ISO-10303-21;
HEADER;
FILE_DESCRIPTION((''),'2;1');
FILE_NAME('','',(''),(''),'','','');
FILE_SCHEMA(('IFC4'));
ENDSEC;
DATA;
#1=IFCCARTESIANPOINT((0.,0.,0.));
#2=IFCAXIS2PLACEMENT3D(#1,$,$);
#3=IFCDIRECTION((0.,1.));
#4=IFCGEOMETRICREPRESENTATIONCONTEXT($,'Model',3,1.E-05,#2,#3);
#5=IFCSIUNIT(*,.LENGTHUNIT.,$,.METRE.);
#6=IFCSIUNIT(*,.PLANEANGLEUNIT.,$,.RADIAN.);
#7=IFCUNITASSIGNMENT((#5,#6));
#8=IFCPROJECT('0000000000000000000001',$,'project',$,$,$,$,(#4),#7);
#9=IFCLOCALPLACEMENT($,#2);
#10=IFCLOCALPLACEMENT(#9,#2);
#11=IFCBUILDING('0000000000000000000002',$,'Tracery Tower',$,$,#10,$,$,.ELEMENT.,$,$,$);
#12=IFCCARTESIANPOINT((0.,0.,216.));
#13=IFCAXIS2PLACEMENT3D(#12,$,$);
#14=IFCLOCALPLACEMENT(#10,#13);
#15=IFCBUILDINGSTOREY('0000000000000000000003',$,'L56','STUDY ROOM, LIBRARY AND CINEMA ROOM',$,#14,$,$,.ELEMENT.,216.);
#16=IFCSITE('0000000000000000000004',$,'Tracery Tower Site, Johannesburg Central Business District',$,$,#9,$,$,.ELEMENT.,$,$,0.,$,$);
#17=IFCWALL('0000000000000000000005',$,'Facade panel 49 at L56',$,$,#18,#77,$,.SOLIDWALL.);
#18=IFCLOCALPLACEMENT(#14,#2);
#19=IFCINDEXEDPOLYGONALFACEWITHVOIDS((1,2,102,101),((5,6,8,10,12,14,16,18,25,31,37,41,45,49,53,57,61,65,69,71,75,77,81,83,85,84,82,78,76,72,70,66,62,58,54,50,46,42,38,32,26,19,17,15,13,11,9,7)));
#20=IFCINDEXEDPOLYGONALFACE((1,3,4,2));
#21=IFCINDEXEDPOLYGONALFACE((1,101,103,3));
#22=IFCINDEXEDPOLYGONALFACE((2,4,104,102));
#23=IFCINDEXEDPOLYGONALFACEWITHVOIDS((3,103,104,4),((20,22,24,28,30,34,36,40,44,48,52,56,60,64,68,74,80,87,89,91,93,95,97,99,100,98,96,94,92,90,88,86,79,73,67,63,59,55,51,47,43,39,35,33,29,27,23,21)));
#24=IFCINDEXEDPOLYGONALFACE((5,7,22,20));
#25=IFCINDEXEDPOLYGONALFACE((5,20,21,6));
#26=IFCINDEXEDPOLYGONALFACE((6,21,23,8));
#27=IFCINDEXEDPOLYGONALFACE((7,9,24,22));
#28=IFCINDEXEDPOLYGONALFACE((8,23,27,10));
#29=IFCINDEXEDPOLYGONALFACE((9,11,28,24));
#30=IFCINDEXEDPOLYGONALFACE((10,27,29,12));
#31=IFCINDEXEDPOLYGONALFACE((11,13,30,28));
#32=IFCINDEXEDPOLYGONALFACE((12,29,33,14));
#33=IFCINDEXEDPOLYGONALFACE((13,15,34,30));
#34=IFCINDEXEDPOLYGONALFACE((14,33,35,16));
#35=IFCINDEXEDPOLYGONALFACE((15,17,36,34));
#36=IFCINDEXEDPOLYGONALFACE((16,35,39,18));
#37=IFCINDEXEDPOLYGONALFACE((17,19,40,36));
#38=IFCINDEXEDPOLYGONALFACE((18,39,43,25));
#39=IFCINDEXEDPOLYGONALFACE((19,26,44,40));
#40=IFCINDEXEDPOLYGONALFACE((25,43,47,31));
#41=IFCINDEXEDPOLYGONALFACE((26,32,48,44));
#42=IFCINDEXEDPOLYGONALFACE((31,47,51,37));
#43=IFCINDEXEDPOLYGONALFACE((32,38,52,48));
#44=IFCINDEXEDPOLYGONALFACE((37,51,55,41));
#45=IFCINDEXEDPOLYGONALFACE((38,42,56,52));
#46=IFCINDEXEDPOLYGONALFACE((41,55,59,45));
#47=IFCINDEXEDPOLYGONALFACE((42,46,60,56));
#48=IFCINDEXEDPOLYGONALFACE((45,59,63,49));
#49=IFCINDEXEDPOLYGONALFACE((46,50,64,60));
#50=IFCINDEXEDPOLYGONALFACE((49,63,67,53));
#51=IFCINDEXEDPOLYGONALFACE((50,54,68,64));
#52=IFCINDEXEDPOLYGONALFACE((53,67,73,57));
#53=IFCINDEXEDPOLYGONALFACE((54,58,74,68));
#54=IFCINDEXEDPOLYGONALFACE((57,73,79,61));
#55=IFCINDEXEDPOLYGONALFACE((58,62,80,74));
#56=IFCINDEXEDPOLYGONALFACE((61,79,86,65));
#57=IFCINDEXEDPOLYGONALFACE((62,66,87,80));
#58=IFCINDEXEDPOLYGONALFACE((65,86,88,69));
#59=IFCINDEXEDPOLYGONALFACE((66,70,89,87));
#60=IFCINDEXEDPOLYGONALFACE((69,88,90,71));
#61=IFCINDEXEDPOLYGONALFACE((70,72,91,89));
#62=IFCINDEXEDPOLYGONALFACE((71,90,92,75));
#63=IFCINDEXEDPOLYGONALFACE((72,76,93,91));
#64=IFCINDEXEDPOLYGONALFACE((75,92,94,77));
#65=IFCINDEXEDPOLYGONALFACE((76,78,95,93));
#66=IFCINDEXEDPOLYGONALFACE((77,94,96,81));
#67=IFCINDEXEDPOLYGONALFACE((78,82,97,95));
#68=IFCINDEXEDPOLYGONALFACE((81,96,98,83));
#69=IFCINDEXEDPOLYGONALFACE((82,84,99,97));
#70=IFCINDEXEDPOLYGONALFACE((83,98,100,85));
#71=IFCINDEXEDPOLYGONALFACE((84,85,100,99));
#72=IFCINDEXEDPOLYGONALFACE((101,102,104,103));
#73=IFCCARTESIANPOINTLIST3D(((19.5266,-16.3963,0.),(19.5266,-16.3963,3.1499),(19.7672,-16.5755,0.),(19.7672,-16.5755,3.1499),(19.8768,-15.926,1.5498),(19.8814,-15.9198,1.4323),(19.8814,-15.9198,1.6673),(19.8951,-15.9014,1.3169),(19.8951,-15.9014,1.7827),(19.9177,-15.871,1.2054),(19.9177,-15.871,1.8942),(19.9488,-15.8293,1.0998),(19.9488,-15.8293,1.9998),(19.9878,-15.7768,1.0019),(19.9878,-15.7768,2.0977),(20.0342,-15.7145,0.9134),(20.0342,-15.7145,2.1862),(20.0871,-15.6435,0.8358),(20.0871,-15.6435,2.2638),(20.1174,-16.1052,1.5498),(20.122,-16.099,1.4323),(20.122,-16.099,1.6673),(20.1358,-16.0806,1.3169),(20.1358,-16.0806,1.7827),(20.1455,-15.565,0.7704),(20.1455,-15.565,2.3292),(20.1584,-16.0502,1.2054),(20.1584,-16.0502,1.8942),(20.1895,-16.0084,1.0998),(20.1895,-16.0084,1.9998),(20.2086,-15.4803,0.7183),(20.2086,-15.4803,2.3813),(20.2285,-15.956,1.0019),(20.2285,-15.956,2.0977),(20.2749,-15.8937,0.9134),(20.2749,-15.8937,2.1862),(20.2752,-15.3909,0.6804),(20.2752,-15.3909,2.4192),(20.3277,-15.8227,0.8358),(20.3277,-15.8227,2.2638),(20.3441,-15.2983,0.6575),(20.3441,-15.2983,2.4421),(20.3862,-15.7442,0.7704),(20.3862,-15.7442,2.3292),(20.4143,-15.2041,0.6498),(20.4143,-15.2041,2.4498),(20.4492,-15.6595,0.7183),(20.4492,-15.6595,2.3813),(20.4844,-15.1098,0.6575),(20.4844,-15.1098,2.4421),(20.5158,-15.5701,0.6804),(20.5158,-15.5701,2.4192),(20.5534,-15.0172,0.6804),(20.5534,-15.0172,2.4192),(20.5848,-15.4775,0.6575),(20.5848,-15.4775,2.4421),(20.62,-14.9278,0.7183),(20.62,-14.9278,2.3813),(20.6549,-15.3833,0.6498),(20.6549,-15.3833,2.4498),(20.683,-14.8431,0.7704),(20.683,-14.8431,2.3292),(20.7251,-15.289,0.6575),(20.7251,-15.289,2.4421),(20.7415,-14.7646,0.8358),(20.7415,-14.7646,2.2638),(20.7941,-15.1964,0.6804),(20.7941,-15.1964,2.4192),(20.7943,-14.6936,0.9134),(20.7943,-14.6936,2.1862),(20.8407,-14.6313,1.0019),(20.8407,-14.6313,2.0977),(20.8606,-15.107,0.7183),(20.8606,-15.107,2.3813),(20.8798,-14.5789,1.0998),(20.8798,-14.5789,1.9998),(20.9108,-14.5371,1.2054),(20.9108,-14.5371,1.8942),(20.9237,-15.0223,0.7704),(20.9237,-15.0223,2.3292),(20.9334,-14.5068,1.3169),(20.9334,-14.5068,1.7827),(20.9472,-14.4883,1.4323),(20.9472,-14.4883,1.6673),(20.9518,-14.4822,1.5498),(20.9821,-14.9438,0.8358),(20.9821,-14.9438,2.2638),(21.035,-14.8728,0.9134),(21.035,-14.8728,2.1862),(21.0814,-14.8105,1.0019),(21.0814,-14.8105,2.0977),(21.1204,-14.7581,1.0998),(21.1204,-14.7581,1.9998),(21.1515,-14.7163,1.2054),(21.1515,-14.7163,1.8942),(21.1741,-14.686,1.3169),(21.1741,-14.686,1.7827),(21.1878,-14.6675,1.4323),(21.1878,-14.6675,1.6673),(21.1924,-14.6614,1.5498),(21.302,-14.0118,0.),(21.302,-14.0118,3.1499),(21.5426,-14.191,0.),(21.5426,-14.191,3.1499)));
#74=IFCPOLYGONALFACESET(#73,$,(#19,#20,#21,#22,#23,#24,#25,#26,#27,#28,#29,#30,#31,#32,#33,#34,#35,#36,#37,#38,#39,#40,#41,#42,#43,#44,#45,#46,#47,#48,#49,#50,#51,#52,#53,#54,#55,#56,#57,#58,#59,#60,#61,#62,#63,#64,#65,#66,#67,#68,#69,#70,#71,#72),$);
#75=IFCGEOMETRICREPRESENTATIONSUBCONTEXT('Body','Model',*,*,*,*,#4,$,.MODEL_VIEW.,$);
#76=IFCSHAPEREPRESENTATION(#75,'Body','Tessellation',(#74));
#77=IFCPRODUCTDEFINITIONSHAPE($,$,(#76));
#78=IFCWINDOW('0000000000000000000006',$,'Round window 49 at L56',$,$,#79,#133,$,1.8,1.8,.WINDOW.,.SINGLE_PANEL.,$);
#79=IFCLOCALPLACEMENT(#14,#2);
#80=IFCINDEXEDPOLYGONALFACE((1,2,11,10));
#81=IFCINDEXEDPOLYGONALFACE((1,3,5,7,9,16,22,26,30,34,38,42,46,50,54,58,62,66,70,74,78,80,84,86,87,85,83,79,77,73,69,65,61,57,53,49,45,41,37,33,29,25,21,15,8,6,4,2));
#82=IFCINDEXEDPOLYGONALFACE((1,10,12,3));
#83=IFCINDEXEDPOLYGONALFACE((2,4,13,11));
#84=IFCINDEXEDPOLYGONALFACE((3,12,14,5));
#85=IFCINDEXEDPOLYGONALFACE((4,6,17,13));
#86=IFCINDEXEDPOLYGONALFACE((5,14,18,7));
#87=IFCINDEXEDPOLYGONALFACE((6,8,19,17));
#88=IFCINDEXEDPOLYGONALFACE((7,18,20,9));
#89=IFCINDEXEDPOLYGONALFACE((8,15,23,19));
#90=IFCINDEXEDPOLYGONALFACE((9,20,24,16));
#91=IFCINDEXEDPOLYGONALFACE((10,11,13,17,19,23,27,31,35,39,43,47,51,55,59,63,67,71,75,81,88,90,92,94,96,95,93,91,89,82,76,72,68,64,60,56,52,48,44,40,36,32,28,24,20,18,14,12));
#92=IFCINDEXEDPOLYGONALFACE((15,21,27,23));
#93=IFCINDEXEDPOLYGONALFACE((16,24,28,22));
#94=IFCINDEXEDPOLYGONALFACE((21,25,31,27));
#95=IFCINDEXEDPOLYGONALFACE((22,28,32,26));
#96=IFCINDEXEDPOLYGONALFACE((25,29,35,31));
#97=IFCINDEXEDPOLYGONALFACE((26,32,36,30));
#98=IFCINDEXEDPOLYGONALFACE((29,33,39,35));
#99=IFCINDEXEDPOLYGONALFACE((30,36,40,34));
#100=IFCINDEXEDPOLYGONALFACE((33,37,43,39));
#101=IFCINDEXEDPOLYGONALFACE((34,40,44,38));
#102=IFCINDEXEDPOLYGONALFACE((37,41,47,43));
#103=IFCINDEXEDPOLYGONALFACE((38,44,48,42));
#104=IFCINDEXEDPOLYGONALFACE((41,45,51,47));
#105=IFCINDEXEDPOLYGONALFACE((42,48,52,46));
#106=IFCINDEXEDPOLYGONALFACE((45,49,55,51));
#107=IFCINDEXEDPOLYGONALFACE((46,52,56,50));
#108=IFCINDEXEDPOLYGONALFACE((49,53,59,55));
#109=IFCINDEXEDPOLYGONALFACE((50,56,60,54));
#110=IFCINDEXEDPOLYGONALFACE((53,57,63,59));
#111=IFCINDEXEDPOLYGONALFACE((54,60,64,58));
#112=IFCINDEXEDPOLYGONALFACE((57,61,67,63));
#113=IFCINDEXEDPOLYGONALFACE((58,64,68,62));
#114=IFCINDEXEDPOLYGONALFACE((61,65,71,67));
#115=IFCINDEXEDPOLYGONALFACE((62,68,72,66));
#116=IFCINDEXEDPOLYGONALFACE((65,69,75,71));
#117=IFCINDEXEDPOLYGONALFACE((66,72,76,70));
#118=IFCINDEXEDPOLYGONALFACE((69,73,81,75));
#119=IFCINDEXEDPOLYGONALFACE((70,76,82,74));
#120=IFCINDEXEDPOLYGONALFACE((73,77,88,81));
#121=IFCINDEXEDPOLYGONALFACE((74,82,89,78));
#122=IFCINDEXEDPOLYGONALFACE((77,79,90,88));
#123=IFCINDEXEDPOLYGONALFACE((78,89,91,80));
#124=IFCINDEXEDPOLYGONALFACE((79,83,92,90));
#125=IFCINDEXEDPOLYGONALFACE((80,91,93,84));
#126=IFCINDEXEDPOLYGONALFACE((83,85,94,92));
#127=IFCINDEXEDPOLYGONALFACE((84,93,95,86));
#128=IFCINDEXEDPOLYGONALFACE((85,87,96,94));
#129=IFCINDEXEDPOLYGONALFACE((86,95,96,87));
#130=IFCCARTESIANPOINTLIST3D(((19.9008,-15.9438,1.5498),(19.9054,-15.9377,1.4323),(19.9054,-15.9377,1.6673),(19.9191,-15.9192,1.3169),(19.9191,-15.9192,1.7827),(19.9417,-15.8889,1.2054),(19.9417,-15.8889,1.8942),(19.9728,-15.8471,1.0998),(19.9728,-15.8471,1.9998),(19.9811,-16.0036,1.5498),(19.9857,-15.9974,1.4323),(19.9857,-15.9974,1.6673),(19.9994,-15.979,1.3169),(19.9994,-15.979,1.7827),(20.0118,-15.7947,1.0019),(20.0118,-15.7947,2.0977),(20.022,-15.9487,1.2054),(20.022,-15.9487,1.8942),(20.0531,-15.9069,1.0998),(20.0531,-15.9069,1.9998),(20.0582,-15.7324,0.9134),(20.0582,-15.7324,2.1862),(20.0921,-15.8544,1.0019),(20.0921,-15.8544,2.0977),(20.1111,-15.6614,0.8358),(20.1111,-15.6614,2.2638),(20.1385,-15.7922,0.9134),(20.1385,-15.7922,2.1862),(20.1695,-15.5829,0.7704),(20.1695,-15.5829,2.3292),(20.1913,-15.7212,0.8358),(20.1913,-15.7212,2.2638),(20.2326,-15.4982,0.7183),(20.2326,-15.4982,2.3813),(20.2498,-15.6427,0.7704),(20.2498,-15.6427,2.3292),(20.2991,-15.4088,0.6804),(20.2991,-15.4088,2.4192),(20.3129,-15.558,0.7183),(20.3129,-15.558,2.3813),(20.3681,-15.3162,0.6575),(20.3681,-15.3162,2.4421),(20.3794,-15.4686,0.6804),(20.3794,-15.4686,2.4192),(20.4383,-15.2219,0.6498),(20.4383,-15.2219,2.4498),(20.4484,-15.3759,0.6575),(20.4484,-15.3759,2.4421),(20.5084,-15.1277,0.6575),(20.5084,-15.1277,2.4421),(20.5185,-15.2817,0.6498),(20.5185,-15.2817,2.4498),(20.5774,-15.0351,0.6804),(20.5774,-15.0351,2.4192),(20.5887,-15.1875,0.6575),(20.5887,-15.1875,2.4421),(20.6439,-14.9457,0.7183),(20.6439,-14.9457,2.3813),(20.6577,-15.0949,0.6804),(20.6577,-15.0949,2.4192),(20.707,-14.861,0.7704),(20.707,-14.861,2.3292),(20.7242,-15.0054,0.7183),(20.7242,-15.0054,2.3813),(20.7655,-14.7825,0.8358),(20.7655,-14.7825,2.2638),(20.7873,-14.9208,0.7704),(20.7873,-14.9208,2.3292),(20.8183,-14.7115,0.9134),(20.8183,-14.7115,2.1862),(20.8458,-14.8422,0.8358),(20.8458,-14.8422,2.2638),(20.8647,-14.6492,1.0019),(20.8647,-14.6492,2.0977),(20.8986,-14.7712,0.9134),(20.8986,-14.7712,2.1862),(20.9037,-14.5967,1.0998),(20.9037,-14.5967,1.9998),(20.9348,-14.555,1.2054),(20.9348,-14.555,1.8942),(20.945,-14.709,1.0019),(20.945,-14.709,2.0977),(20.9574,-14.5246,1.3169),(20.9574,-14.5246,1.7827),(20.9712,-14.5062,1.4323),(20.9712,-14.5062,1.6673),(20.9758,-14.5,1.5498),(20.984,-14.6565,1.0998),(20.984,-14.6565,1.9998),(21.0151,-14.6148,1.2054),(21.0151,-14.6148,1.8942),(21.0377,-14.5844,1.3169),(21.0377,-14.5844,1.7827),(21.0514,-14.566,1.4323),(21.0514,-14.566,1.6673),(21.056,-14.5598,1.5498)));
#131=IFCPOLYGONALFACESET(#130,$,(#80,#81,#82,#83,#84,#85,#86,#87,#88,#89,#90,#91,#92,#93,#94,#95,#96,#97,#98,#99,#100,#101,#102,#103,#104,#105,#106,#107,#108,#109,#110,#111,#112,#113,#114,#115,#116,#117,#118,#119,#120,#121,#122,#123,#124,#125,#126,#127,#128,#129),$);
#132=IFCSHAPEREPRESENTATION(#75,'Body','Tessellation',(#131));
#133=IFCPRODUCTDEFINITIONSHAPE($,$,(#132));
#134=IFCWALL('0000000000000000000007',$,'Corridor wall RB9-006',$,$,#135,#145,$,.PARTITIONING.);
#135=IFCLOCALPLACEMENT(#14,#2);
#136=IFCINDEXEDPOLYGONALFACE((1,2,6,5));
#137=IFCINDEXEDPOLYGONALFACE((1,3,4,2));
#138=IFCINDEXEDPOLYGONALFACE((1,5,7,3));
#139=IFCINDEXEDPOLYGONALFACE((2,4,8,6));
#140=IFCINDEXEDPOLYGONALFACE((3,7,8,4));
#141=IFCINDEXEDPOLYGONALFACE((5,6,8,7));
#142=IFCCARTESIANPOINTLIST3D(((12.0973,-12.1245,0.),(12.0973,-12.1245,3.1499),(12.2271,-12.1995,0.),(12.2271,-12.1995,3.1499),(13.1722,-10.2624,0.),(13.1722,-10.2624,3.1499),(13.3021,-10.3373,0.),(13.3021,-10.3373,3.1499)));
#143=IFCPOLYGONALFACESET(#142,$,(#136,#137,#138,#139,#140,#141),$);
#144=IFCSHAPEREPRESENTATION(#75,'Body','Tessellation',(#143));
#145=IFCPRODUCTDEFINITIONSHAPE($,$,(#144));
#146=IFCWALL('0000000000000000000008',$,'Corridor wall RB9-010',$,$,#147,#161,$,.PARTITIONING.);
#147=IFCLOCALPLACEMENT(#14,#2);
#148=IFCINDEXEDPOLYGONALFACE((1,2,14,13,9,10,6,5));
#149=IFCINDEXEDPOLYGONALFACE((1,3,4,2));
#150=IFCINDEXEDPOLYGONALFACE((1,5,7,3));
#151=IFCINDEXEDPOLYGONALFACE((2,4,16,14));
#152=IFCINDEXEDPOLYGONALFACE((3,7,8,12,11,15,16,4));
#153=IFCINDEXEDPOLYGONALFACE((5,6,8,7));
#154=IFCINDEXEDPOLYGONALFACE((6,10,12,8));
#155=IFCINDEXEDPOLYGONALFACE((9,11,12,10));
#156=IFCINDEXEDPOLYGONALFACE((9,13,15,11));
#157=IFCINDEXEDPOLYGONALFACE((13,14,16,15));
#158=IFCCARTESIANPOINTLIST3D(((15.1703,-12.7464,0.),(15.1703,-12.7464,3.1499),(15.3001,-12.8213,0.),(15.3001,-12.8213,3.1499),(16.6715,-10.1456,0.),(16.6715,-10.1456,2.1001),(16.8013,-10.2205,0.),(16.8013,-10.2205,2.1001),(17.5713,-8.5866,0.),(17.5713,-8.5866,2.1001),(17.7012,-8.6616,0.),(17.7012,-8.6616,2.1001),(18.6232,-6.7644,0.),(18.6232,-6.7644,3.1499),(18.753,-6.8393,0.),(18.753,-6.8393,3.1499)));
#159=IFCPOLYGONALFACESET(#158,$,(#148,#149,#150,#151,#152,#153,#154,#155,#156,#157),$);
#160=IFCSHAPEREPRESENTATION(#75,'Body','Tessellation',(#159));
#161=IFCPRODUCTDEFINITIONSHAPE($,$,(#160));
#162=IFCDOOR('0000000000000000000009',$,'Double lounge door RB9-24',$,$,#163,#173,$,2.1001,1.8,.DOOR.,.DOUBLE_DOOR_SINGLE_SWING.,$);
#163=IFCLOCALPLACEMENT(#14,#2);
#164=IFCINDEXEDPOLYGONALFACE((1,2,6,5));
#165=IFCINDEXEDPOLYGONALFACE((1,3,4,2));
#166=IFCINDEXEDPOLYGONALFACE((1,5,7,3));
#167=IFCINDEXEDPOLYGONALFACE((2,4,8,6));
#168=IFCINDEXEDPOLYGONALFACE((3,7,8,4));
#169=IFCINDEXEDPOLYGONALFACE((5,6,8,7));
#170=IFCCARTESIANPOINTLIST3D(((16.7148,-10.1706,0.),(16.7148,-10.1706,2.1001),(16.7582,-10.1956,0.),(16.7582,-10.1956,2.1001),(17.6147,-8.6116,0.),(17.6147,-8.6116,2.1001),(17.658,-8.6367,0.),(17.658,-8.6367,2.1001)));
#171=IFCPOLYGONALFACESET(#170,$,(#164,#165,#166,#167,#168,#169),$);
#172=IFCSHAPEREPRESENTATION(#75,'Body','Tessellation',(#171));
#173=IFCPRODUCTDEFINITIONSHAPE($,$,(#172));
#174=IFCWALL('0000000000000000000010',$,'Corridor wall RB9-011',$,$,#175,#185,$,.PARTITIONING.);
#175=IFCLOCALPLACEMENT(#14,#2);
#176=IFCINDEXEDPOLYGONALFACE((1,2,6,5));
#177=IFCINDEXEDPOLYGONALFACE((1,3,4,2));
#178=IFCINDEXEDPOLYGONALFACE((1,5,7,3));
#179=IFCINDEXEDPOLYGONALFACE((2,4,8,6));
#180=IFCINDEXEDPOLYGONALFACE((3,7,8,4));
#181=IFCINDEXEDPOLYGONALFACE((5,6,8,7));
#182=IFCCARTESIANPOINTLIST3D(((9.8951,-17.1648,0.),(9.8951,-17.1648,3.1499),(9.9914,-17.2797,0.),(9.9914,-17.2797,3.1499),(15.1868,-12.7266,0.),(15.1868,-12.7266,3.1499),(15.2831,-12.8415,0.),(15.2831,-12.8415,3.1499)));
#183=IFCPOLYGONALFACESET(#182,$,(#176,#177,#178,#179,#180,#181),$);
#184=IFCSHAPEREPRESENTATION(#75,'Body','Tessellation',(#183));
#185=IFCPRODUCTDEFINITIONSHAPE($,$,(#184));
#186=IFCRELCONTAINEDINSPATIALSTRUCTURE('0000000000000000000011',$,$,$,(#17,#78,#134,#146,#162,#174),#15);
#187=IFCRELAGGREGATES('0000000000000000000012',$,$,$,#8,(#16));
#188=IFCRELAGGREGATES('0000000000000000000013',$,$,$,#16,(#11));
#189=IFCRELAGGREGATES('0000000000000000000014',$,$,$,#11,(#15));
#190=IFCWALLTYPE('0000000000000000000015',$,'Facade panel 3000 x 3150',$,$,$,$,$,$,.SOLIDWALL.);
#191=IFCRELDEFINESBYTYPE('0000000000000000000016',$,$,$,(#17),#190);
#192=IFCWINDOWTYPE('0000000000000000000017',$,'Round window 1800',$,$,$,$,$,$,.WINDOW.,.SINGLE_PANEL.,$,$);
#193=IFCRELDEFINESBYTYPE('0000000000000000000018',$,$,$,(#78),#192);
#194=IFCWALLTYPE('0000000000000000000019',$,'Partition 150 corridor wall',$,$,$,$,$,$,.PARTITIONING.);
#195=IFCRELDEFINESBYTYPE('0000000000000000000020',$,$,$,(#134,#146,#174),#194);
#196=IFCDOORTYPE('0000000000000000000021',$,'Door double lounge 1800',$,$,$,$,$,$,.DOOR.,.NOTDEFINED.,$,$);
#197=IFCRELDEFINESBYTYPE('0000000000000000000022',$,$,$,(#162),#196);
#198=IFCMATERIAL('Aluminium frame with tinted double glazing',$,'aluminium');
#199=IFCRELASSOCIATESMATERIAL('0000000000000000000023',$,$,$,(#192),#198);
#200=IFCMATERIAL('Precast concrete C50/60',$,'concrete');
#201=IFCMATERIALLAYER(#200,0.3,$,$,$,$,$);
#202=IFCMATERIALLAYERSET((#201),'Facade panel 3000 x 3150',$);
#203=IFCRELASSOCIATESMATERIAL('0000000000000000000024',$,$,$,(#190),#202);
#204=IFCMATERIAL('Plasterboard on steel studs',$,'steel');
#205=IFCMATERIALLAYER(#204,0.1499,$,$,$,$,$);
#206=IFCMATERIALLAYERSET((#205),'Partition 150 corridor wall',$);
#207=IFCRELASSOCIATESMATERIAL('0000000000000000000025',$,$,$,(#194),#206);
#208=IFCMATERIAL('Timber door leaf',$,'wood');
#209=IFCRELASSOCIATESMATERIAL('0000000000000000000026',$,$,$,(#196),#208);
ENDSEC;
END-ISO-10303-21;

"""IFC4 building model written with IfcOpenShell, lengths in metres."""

from ifc_helpers import new_model, si_unit, direction, frame, frame_2d, origin, origin_2d, place, context, subcontext, project, spatial, rectangle, circle, extrude, material, layer, layer_set, type_object, element, fill, save


model = new_model("IFC4")

# Units and contexts
model_context = context("Model", 3, precision=1e-05, world=origin(), true_north=direction((0.0, 1.0)))
body_context = subcontext(model_context, "Body", "Model", "MODEL_VIEW")
ifc_project = project(units=[si_unit("LENGTHUNIT", "METRE"), si_unit("PLANEANGLEUNIT", "RADIAN")], contexts=[model_context])

# Site, building, storey
site_placement = place(None, origin())
site = spatial("IfcSite", under=ifc_project, at=site_placement, Name="Tracery Tower Site, Johannesburg Central Business District", CompositionType="ELEMENT", RefElevation=0.0)
building_placement = place(site_placement, origin())
building = spatial("IfcBuilding", under=site, at=building_placement, Name="Tracery Tower", CompositionType="ELEMENT")
storey_placement = place(building_placement, frame((0.0, 0.0, 216.0)))
storey = spatial("IfcBuildingStorey", under=building, at=storey_placement, Name="L56", Description="STUDY ROOM, LIBRARY AND CINEMA ROOM", CompositionType="ELEMENT", Elevation=216.0)

# Wall, opening, window
ifc_material_1 = material(Name="Aluminium frame with tinted double glazing", Category="aluminium")
window_type = type_object("IfcWindowType", Name="Round window 1800", PartitioningType="SINGLE_PANEL", PredefinedType="WINDOW", material=ifc_material_1)
ifc_material_2 = material(Name="Precast concrete C50/60", Category="concrete")
ifc_layer_1 = layer(ifc_material_2, 0.3)
ifc_layer_set_1 = layer_set([ifc_layer_1], Name="Facade panel 3000 x 3150")
wall_type_1 = type_object("IfcWallType", Name="Facade panel 3000 x 3150", PredefinedType="SOLIDWALL", material=ifc_layer_set_1)
wall_1_placement = place(storey_placement, frame((19.647, -16.4858, 0.0), z_axis=(0.0, 0.0, 1.0), x_axis=(0.597198, 0.802094, 0.0)))
wall_1 = element("IfcWall", 1, at=wall_1_placement, inside=storey, type_object=wall_type_1, Name="Facade panel 49 at L56", PredefinedType="SOLIDWALL", context=body_context, shape_type="SweptSolid", body=[
    extrude(rectangle(XDim=2.9729, YDim=0.3, at=frame_2d((1.4863, 0.0))), origin(), (0.0, 0.0, 1.0), 3.1499),
])
opening_1_placement = place(wall_1_placement, frame((1.4863, 0.0, 1.5498)))
opening_1 = element("IfcOpeningElement", 2, at=opening_1_placement, cuts=wall_1, PredefinedType="OPENING", context=body_context, shape_type="SweptSolid", body=[
    extrude(circle(Radius=0.9, at=origin_2d()), frame((0.0, 0.1599, 0.0), z_axis=(0.0, -1.0, 0.0), x_axis=(1.0, 0.0, 0.0)), (0.0, 0.0, 1.0), 0.3201),
])
window_1_placement = place(opening_1_placement, origin())
window_1 = element("IfcWindow", 3, at=window_1_placement, inside=storey, type_object=window_type, Name="Round window 49 at L56", OverallHeight=1.8, OverallWidth=1.8, PartitioningType="SINGLE_PANEL", PredefinedType="WINDOW", context=body_context, shape_type="SweptSolid", body=[
    extrude(circle(Radius=0.9, at=origin_2d()), frame((0.0, 0.1201, 0.0), z_axis=(0.0, -1.0, 0.0), x_axis=(1.0, 0.0, 0.0)), (0.0, 0.0, 1.0), 0.1001),
])
fill(opening_1, window_1)

# Wall
ifc_material_3 = material(Name="Plasterboard on steel studs", Category="steel")
ifc_layer_2 = layer(ifc_material_3, 0.1499)
ifc_layer_set_2 = layer_set([ifc_layer_2], Name="Partition 150 corridor wall")
wall_type_2 = type_object("IfcWallType", Name="Partition 150 corridor wall", PredefinedType="PARTITIONING", material=ifc_layer_set_2)
wall_2_placement = place(storey_placement, frame((12.1621, -12.1621, 0.0), z_axis=(0.0, 0.0, 1.0), x_axis=(0.499962, 0.866048, 0.0)))
element("IfcWall", 4, at=wall_2_placement, inside=storey, type_object=wall_type_2, Name="Corridor wall RB9-006", PredefinedType="PARTITIONING", context=body_context, shape_type="SweptSolid", body=[
    extrude(rectangle(XDim=2.1501, YDim=0.1499, at=frame_2d((1.0752, 0.0))), origin(), (0.0, 0.0, 1.0), 3.1499),
])

# Wall, opening, door
wall_3_placement = place(storey_placement, frame((15.2351, -12.7839, 0.0), z_axis=(0.0, 0.0, 1.0), x_axis=(0.499914, 0.866075, 0.0)))
wall_3 = element("IfcWall", 5, at=wall_3_placement, inside=storey, type_object=wall_type_2, Name="Corridor wall RB9-010", PredefinedType="PARTITIONING", context=body_context, shape_type="SweptSolid", body=[
    extrude(rectangle(XDim=6.907, YDim=0.1499, at=frame_2d((3.4536, 0.0))), origin(), (0.0, 0.0, 1.0), 3.1499),
])
opening_2_placement = place(wall_3_placement, frame((3.0032, 0.0, 0.0)))
opening_2 = element("IfcOpeningElement", 6, at=opening_2_placement, cuts=wall_3, PredefinedType="OPENING", context=body_context, shape_type="SweptSolid", body=[
    extrude(rectangle(XDim=1.8, YDim=2.1001, at=frame_2d((0.8999, 1.05))), frame((0.0, 0.075, 0.0), z_axis=(0.0, -1.0, 0.0), x_axis=(1.0, 0.0, 0.0)), (0.0, 0.0, 1.0), 0.1499),
])
ifc_material_4 = material(Name="Timber door leaf", Category="wood")
door_type = type_object("IfcDoorType", Name="Door double lounge 1800", OperationType="NOTDEFINED", PredefinedType="DOOR", material=ifc_material_4)
door_placement = place(opening_2_placement, origin())
door = element("IfcDoor", 7, at=door_placement, inside=storey, type_object=door_type, Name="Double lounge door RB9-24", OperationType="DOUBLE_DOOR_SINGLE_SWING", OverallHeight=2.1001, OverallWidth=1.8, PredefinedType="DOOR", context=body_context, shape_type="SweptSolid", body=[
    extrude(rectangle(XDim=1.8, YDim=2.1001, at=frame_2d((0.8999, 1.05))), frame((0.0, 0.0249, 0.0), z_axis=(0.0, -1.0, 0.0), x_axis=(1.0, 0.0, 0.0)), (0.0, 0.0, 1.0), 0.05),
])
fill(opening_2, door)

# Wall
wall_4_placement = place(storey_placement, frame((9.9434, -17.2222, 0.0), z_axis=(0.0, 0.0, 1.0), x_axis=(0.766192, 0.642612, 0.0)))
element("IfcWall", 8, at=wall_4_placement, inside=storey, type_object=wall_type_2, Name="Corridor wall RB9-011", PredefinedType="PARTITIONING", context=body_context, shape_type="SweptSolid", body=[
    extrude(rectangle(XDim=6.9065, YDim=0.1499, at=frame_2d((3.4531, 0.0))), origin(), (0.0, 0.0, 1.0), 3.1499),
])

save(model, "model.ifc")
